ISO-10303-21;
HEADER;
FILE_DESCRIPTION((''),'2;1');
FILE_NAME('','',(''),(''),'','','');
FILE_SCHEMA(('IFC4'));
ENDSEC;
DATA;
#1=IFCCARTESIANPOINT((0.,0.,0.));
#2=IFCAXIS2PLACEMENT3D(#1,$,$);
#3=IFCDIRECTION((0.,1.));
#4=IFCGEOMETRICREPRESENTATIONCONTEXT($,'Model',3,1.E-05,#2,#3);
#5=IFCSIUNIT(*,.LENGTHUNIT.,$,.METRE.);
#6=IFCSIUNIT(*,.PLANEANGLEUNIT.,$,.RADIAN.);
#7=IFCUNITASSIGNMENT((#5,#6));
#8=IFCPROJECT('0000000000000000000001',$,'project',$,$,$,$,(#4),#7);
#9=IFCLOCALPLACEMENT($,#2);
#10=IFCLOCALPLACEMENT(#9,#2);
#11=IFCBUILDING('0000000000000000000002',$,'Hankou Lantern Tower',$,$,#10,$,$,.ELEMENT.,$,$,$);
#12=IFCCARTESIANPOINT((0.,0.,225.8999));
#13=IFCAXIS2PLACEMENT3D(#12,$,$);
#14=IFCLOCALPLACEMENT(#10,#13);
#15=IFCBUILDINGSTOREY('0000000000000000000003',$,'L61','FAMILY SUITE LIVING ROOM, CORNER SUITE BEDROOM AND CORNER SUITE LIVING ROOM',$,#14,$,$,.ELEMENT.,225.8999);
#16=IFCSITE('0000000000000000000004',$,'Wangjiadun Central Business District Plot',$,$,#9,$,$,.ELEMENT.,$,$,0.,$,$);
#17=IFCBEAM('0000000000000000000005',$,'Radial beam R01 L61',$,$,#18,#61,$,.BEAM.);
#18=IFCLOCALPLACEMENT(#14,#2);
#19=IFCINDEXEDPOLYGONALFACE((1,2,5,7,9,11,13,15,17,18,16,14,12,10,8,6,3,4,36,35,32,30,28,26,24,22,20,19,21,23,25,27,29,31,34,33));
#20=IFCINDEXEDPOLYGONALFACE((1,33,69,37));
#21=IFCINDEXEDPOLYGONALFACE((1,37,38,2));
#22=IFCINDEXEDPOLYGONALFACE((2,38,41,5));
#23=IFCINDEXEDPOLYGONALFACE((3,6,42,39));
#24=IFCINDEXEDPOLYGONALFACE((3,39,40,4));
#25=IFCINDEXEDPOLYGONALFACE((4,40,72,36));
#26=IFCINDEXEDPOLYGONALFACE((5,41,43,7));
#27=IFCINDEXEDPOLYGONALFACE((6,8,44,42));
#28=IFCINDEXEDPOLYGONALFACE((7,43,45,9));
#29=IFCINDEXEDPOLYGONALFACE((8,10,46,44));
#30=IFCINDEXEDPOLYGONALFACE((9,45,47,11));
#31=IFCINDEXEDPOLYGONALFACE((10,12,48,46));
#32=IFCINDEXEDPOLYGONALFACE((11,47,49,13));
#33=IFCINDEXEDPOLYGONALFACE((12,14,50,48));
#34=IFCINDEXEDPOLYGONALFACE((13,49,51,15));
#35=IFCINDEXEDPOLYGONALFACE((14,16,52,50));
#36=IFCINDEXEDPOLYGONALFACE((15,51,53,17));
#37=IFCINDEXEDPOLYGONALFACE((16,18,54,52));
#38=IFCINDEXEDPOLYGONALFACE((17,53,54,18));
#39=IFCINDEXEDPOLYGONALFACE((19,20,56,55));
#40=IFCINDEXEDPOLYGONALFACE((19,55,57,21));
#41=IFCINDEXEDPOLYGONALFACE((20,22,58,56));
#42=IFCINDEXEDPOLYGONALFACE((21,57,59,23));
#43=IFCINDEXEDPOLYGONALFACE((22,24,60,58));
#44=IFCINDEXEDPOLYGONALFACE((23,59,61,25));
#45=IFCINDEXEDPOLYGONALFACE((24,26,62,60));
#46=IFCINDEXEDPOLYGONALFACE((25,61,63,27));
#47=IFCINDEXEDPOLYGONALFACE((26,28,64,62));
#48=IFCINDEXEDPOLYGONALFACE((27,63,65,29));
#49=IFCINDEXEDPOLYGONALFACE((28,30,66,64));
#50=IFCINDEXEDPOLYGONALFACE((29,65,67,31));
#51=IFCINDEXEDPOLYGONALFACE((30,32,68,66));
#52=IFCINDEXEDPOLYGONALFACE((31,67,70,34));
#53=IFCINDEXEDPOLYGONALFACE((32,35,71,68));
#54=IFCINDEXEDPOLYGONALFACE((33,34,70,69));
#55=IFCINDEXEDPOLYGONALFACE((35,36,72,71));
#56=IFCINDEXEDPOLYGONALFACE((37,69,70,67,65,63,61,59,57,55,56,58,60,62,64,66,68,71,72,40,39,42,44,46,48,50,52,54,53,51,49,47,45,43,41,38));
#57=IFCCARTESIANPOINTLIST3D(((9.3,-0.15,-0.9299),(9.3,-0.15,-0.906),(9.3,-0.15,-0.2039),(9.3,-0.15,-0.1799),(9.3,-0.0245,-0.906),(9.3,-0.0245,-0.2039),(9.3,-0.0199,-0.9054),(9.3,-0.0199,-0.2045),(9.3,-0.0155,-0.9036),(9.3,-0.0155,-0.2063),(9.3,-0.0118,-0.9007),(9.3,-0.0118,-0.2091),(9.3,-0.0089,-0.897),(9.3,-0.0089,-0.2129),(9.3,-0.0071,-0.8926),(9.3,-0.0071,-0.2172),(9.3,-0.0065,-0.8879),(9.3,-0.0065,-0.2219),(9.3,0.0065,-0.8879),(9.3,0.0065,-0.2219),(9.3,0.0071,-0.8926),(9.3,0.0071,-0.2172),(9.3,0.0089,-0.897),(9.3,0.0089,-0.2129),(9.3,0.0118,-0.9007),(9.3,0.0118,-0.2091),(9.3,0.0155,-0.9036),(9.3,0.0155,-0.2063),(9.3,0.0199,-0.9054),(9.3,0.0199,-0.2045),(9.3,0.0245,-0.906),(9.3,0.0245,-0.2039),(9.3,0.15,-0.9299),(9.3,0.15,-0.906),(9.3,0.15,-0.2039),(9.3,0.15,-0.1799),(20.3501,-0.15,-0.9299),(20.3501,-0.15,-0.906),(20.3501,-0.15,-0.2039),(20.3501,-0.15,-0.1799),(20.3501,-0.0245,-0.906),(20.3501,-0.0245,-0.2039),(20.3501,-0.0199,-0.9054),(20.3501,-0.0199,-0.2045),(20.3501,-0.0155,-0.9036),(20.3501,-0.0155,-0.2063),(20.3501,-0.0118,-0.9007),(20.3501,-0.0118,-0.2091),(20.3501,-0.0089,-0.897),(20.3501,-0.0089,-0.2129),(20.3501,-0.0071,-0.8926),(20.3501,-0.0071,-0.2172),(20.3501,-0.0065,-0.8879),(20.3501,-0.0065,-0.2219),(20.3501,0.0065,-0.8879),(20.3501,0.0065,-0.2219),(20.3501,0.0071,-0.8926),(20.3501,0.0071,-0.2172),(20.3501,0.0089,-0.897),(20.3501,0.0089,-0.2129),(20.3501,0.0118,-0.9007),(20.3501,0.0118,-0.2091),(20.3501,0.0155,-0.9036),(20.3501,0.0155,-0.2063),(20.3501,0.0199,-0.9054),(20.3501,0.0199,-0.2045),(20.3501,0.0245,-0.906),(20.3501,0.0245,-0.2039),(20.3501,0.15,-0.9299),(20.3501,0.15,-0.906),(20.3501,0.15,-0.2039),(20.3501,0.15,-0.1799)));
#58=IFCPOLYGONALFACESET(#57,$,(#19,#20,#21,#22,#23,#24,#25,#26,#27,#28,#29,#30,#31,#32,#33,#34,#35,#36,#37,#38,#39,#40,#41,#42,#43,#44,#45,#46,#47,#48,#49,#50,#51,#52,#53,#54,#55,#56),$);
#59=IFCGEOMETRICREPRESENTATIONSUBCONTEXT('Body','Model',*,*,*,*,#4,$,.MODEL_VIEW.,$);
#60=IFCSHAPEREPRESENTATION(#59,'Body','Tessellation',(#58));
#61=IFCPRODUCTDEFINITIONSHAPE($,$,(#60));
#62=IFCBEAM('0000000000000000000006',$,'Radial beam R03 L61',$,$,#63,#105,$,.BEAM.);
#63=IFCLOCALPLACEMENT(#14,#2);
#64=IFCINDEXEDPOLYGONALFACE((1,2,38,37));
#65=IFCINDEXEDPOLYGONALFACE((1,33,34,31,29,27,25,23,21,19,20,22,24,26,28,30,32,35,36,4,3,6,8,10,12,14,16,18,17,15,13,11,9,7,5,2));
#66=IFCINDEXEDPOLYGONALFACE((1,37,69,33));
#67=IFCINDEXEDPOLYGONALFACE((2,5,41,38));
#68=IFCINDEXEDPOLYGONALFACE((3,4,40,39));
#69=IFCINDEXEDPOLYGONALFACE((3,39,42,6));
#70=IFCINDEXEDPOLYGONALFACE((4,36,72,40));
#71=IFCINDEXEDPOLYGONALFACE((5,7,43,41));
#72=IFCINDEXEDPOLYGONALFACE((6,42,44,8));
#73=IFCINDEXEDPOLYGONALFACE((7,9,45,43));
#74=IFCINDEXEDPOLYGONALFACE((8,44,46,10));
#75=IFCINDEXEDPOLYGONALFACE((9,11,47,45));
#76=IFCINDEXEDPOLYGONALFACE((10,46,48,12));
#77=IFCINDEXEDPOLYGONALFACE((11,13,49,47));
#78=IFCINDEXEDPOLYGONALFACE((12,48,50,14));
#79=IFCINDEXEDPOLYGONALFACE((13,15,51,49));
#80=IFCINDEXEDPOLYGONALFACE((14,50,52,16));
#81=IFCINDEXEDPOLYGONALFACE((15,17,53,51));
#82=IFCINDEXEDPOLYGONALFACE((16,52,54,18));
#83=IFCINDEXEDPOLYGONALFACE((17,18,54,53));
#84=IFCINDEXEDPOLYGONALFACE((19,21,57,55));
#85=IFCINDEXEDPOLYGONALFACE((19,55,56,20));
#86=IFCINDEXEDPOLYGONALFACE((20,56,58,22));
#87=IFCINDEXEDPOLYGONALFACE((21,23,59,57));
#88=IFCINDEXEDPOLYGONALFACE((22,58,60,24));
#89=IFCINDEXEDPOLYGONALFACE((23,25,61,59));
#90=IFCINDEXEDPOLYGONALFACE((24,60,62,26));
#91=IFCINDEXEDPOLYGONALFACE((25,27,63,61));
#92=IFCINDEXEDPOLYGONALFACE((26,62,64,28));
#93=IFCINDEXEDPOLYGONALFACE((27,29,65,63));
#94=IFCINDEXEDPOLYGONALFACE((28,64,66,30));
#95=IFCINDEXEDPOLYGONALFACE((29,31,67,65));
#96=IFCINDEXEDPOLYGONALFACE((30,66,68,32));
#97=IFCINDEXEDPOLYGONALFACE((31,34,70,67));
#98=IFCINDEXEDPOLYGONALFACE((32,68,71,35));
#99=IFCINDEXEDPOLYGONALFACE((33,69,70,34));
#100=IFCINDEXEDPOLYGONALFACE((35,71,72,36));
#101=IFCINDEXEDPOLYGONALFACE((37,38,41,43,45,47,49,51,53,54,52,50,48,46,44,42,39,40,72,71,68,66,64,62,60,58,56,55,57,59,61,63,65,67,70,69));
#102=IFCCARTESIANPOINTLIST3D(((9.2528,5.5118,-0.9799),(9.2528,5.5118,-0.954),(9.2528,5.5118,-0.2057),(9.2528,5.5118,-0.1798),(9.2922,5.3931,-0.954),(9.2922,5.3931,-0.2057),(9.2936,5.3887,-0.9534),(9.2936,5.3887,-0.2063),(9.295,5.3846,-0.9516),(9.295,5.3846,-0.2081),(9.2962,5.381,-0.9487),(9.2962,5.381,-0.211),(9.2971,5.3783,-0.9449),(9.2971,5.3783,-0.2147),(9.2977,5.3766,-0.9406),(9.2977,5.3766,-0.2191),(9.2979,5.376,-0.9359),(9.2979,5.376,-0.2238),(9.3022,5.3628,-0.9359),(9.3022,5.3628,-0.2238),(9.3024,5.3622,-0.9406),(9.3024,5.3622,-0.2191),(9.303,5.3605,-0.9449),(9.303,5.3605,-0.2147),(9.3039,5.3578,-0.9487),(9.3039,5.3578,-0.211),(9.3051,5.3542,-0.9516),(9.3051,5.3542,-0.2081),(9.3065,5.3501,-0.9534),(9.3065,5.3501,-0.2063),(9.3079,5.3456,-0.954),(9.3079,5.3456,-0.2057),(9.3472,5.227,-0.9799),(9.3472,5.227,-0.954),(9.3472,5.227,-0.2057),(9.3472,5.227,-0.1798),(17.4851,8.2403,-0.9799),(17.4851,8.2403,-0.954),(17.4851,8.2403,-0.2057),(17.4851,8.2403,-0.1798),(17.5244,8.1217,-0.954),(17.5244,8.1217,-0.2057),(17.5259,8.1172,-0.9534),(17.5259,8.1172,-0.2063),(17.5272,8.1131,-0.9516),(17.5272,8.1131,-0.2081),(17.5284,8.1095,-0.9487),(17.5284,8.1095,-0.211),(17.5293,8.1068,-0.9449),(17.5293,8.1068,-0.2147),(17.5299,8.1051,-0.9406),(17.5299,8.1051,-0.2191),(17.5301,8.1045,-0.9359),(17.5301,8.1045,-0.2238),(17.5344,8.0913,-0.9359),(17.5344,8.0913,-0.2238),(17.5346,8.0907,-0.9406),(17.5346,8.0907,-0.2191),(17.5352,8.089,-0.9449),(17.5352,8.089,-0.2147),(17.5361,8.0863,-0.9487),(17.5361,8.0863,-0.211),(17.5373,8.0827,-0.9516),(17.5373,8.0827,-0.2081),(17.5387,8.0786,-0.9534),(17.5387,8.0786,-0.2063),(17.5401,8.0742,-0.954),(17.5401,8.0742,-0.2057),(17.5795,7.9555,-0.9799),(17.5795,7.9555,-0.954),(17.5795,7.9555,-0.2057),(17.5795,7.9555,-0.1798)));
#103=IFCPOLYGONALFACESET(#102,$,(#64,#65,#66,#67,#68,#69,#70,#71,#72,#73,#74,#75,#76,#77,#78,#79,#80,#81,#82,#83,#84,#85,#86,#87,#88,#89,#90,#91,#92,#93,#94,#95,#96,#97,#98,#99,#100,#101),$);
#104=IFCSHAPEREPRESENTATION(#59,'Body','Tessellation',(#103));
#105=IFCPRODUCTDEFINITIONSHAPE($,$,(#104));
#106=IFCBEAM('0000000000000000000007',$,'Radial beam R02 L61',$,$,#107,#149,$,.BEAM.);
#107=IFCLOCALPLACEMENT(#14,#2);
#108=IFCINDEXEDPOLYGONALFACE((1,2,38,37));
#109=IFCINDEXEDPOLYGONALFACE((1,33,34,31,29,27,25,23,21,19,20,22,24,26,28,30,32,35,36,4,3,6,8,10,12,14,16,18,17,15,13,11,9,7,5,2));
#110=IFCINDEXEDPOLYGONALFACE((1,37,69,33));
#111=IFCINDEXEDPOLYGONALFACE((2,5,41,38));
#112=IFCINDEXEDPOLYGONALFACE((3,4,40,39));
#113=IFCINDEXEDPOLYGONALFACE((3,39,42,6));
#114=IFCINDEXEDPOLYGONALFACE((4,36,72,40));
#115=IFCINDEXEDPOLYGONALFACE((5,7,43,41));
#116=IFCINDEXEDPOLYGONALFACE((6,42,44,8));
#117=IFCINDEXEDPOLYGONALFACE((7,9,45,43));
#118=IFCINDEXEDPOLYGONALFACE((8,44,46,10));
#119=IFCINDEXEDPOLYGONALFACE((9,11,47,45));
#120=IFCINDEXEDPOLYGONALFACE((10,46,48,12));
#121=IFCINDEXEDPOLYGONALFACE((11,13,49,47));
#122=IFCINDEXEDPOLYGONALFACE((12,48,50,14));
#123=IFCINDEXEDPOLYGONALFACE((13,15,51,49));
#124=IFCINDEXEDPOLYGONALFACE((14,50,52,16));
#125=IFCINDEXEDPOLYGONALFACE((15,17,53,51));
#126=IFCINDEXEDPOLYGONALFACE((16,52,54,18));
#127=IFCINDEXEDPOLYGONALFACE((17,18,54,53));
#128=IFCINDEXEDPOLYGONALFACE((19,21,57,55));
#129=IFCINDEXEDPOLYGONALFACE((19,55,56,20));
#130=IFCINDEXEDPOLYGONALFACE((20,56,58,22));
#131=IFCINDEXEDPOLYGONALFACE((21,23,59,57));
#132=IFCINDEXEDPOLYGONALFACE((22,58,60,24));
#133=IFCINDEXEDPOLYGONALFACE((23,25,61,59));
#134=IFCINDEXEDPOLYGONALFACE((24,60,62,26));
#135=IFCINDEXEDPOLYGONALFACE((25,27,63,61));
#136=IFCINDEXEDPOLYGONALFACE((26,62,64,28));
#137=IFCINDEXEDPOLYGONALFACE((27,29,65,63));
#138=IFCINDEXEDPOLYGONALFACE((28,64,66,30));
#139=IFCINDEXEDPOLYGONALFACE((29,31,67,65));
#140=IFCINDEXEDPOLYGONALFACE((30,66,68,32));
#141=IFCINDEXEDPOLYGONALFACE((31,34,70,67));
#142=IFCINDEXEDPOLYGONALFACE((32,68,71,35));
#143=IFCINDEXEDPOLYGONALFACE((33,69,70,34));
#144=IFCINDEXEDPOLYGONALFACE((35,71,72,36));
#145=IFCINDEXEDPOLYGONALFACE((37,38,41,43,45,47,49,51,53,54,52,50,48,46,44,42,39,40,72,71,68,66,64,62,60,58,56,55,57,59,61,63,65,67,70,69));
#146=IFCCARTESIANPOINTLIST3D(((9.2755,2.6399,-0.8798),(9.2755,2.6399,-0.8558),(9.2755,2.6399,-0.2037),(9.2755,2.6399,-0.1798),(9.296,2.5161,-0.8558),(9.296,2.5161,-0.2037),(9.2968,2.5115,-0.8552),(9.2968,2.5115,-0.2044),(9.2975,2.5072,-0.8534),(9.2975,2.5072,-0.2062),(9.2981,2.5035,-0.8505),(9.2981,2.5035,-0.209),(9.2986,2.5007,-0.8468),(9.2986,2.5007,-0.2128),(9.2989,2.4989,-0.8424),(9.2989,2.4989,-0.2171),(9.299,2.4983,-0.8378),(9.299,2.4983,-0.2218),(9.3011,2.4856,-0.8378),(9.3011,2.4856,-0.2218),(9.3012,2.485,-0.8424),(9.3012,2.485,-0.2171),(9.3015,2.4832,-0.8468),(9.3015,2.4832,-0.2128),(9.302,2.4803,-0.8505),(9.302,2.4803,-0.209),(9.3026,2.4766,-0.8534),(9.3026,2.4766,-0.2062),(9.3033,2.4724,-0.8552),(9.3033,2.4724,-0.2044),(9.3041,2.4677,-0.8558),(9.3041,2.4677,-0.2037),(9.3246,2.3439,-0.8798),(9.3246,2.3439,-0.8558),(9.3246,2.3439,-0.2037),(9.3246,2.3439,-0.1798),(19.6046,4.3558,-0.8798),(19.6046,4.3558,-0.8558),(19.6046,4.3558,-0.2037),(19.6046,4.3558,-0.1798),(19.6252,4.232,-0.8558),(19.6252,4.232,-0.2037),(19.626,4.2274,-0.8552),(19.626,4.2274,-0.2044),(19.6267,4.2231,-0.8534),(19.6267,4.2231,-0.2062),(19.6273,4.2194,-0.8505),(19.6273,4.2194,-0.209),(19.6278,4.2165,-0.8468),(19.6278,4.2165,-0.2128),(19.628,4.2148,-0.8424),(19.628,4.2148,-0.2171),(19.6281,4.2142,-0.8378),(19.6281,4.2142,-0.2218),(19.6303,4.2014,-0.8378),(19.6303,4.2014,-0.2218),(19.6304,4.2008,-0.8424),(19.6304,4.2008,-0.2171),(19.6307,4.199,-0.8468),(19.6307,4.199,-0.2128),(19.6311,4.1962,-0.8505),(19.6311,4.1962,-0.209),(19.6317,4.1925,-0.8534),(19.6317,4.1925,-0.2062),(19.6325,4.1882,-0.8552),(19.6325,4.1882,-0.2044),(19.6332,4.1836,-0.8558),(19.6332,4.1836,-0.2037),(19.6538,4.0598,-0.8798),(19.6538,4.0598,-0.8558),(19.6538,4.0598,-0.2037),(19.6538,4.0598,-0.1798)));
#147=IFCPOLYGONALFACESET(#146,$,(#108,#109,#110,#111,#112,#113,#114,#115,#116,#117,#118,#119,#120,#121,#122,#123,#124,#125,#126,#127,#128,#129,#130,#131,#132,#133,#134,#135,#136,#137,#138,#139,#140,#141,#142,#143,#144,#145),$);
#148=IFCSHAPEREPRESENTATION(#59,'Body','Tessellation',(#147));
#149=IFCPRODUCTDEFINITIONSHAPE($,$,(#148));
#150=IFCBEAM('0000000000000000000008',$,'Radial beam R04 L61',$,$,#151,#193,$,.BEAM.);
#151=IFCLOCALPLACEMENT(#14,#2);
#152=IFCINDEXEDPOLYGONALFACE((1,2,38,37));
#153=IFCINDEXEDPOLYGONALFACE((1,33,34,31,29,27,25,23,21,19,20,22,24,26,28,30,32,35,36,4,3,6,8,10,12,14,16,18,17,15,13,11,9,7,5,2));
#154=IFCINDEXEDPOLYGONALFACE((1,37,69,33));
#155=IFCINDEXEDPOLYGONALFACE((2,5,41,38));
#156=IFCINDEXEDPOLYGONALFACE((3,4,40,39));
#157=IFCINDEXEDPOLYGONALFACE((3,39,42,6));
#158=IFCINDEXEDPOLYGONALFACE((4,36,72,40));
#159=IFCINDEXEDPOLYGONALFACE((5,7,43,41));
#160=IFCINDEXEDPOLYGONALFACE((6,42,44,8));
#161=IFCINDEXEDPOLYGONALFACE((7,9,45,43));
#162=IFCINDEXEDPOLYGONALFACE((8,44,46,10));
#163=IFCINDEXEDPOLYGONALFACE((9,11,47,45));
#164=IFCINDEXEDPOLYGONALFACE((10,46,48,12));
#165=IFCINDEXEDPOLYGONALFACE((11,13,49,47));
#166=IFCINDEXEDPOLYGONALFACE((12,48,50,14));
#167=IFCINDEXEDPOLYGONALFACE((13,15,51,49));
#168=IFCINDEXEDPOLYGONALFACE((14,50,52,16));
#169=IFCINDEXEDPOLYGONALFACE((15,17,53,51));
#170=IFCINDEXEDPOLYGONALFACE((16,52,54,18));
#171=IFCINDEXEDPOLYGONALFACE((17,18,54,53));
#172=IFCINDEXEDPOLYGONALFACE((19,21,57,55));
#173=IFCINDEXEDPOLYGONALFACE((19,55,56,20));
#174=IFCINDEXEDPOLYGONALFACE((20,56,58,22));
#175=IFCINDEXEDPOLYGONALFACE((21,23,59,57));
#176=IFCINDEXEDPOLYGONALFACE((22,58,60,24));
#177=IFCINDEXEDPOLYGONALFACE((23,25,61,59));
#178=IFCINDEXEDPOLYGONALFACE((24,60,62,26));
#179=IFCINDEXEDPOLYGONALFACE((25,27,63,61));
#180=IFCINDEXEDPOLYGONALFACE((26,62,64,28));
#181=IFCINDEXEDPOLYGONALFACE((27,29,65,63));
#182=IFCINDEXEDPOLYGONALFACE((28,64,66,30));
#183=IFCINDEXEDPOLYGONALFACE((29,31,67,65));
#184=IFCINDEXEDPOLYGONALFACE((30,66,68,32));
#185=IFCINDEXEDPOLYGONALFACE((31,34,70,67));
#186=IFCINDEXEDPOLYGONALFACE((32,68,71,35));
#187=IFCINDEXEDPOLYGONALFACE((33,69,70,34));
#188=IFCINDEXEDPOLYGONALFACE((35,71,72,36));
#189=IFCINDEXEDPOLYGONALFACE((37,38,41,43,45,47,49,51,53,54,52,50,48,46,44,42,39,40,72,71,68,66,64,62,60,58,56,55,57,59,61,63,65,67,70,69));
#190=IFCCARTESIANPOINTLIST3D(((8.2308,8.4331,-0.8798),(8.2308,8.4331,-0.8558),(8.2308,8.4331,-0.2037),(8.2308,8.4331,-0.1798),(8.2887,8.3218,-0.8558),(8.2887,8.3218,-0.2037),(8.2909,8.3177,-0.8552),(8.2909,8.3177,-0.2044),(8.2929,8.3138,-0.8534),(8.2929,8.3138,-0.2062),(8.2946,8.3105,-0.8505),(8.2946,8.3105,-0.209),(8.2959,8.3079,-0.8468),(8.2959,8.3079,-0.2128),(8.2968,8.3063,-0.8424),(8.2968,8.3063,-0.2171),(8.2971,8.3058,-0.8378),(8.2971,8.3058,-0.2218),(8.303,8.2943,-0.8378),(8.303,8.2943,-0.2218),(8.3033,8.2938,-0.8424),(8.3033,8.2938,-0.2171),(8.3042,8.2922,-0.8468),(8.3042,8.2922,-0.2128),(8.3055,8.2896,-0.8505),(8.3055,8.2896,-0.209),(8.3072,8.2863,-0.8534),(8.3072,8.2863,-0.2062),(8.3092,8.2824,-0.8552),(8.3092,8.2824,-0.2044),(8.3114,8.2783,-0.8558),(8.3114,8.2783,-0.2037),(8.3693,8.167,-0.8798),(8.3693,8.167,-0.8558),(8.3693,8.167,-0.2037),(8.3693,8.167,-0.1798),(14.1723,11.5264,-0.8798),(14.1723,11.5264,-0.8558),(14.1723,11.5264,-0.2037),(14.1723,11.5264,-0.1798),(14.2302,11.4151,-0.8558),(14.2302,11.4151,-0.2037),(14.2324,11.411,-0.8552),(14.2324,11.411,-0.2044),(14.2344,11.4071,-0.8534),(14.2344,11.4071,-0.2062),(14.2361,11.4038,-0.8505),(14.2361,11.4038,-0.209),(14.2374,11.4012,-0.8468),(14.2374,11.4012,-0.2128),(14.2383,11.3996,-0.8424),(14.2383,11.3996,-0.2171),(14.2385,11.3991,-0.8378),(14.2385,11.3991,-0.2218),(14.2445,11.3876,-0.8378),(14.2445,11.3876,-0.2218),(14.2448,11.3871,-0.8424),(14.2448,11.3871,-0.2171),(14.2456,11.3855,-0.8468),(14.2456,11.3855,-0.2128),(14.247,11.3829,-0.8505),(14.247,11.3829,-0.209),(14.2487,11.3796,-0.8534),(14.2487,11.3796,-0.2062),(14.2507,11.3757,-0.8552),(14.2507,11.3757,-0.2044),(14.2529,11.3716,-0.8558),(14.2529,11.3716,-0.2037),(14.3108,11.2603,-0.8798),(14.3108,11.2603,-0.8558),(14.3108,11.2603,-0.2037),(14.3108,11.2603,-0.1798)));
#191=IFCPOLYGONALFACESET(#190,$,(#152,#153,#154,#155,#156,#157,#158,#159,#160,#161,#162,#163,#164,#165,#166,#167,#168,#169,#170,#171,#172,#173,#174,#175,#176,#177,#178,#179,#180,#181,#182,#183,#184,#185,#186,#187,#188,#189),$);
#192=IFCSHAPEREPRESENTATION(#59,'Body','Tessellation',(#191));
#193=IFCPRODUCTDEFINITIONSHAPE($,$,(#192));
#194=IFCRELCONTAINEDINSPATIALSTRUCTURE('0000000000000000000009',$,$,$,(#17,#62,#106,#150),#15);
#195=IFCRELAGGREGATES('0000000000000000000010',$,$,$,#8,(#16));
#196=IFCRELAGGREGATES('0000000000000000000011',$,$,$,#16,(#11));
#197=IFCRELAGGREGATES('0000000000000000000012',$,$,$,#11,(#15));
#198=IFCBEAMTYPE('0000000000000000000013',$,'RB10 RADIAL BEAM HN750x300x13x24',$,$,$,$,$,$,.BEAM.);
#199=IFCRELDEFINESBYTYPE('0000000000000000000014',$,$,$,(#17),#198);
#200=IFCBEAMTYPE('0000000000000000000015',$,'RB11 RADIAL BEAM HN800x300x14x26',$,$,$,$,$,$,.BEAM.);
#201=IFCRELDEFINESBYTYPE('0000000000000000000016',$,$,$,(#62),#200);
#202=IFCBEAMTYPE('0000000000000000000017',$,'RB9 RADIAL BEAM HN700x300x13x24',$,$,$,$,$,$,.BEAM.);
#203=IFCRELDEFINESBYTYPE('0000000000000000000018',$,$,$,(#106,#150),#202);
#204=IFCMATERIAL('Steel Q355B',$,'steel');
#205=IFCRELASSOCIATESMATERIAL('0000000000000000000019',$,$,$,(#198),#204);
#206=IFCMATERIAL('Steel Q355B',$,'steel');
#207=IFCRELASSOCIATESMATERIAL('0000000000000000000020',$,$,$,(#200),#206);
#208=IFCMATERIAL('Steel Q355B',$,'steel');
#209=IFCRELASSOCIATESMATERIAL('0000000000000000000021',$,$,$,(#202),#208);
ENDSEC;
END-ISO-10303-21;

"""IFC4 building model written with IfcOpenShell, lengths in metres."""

from ifc_helpers import new_model, si_unit, direction, frame, origin, origin_2d, place, context, subcontext, project, spatial, i_section, extrude, material, material_profile, profile_set, type_object, element, save


model = new_model("IFC4")

# Units and contexts
model_context = context("Model", 3, precision=1e-05, world=origin(), true_north=direction((0.0, 1.0)))
body_context = subcontext(model_context, "Body", "Model", "MODEL_VIEW")
ifc_project = project(units=[si_unit("LENGTHUNIT", "METRE"), si_unit("PLANEANGLEUNIT", "RADIAN")], contexts=[model_context])

# Site, building, storey
site_placement = place(None, origin())
site = spatial("IfcSite", under=ifc_project, at=site_placement, Name="Wangjiadun Central Business District Plot", CompositionType="ELEMENT", RefElevation=0.0)
building_placement = place(site_placement, origin())
building = spatial("IfcBuilding", under=site, at=building_placement, Name="Hankou Lantern Tower", CompositionType="ELEMENT")
storey_placement = place(building_placement, frame((0.0, 0.0, 225.8999)))
storey = spatial("IfcBuildingStorey", under=building, at=storey_placement, Name="L61", Description="FAMILY SUITE LIVING ROOM, CORNER SUITE BEDROOM AND CORNER SUITE LIVING ROOM", CompositionType="ELEMENT", Elevation=225.8999)

# Beams
ifc_material_1 = material(Name="Steel Q355B", Category="steel")
ifc_material_profile_1 = material_profile(ifc_material_1, i_section(OverallWidth=0.3, OverallDepth=0.75, WebThickness=0.0129, FlangeThickness=0.0239, FilletRadius=0.0181, at=origin_2d()), Name="HN750x300x13x24")
ifc_profile_set_1 = profile_set([ifc_material_profile_1], Name="Steel Q355B")
beam_type_1 = type_object("IfcBeamType", Name="RB10 RADIAL BEAM HN750x300x13x24", PredefinedType="BEAM", material=ifc_profile_set_1)
beam_1_placement = place(storey_placement, frame((9.3, 0.0, -0.5549), z_axis=(1.0, 0.0, 0.0), x_axis=(0.0, 1.0, 0.0)))
element("IfcBeam", 1, at=beam_1_placement, inside=storey, type_object=beam_type_1, Name="Radial beam R01 L61", PredefinedType="BEAM", context=body_context, shape_type="SweptSolid", body=[
    extrude(i_section(OverallWidth=0.3, OverallDepth=0.75, WebThickness=0.0129, FlangeThickness=0.0239, FilletRadius=0.0181, at=origin_2d()), origin(), (0.0, 0.0, 1.0), 11.05),
])
ifc_material_2 = material(Name="Steel Q355B", Category="steel")
ifc_material_profile_2 = material_profile(ifc_material_2, i_section(OverallWidth=0.3, OverallDepth=0.8, WebThickness=0.0139, FlangeThickness=0.0259, FilletRadius=0.0181, at=origin_2d()), Name="HN800x300x14x26")
ifc_profile_set_2 = profile_set([ifc_material_profile_2], Name="Steel Q355B")
beam_type_2 = type_object("IfcBeamType", Name="RB11 RADIAL BEAM HN800x300x14x26", PredefinedType="BEAM", material=ifc_profile_set_2)
beam_2_placement = place(storey_placement, frame((9.3, 5.3694, -0.5798), z_axis=(0.94922, 0.314614, 0.0), x_axis=(-0.314614, 0.94922, 0.0)))
element("IfcBeam", 2, at=beam_2_placement, inside=storey, type_object=beam_type_2, Name="Radial beam R03 L61", PredefinedType="BEAM", context=body_context, shape_type="SweptSolid", body=[
    extrude(i_section(OverallWidth=0.3, OverallDepth=0.8, WebThickness=0.0139, FlangeThickness=0.0259, FilletRadius=0.0181, at=origin_2d()), origin(), (0.0, 0.0, 1.0), 8.6726),
])
ifc_material_3 = material(Name="Steel Q355B", Category="steel")
ifc_material_profile_3 = material_profile(ifc_material_3, i_section(OverallWidth=0.3, OverallDepth=0.7, WebThickness=0.0129, FlangeThickness=0.0239, FilletRadius=0.0181, at=origin_2d()), Name="HN700x300x13x24")
ifc_profile_set_3 = profile_set([ifc_material_profile_3], Name="Steel Q355B")
beam_type_3 = type_object("IfcBeamType", Name="RB9 RADIAL BEAM HN700x300x13x24", PredefinedType="BEAM", material=ifc_profile_set_3)
beam_3_placement = place(storey_placement, frame((9.3, 2.4919, -0.5298), z_axis=(0.986482, 0.16387, 0.0), x_axis=(-0.16387, 0.986482, 0.0)))
element("IfcBeam", 3, at=beam_3_placement, inside=storey, type_object=beam_type_3, Name="Radial beam R02 L61", PredefinedType="BEAM", context=body_context, shape_type="SweptSolid", body=[
    extrude(i_section(OverallWidth=0.3, OverallDepth=0.7, WebThickness=0.0129, FlangeThickness=0.0239, FilletRadius=0.0181, at=origin_2d()), origin(), (0.0, 0.0, 1.0), 10.4707),
])
beam_4_placement = place(storey_placement, frame((8.3, 8.3, -0.5298), z_axis=(0.886989, 0.461791, 0.0), x_axis=(-0.461791, 0.886989, 0.0)))
element("IfcBeam", 4, at=beam_4_placement, inside=storey, type_object=beam_type_3, Name="Radial beam R04 L61", PredefinedType="BEAM", context=body_context, shape_type="SweptSolid", body=[
    extrude(i_section(OverallWidth=0.3, OverallDepth=0.7, WebThickness=0.0129, FlangeThickness=0.0239, FilletRadius=0.0181, at=origin_2d()), origin(), (0.0, 0.0, 1.0), 6.6985),
])

save(model, "model.ifc")
